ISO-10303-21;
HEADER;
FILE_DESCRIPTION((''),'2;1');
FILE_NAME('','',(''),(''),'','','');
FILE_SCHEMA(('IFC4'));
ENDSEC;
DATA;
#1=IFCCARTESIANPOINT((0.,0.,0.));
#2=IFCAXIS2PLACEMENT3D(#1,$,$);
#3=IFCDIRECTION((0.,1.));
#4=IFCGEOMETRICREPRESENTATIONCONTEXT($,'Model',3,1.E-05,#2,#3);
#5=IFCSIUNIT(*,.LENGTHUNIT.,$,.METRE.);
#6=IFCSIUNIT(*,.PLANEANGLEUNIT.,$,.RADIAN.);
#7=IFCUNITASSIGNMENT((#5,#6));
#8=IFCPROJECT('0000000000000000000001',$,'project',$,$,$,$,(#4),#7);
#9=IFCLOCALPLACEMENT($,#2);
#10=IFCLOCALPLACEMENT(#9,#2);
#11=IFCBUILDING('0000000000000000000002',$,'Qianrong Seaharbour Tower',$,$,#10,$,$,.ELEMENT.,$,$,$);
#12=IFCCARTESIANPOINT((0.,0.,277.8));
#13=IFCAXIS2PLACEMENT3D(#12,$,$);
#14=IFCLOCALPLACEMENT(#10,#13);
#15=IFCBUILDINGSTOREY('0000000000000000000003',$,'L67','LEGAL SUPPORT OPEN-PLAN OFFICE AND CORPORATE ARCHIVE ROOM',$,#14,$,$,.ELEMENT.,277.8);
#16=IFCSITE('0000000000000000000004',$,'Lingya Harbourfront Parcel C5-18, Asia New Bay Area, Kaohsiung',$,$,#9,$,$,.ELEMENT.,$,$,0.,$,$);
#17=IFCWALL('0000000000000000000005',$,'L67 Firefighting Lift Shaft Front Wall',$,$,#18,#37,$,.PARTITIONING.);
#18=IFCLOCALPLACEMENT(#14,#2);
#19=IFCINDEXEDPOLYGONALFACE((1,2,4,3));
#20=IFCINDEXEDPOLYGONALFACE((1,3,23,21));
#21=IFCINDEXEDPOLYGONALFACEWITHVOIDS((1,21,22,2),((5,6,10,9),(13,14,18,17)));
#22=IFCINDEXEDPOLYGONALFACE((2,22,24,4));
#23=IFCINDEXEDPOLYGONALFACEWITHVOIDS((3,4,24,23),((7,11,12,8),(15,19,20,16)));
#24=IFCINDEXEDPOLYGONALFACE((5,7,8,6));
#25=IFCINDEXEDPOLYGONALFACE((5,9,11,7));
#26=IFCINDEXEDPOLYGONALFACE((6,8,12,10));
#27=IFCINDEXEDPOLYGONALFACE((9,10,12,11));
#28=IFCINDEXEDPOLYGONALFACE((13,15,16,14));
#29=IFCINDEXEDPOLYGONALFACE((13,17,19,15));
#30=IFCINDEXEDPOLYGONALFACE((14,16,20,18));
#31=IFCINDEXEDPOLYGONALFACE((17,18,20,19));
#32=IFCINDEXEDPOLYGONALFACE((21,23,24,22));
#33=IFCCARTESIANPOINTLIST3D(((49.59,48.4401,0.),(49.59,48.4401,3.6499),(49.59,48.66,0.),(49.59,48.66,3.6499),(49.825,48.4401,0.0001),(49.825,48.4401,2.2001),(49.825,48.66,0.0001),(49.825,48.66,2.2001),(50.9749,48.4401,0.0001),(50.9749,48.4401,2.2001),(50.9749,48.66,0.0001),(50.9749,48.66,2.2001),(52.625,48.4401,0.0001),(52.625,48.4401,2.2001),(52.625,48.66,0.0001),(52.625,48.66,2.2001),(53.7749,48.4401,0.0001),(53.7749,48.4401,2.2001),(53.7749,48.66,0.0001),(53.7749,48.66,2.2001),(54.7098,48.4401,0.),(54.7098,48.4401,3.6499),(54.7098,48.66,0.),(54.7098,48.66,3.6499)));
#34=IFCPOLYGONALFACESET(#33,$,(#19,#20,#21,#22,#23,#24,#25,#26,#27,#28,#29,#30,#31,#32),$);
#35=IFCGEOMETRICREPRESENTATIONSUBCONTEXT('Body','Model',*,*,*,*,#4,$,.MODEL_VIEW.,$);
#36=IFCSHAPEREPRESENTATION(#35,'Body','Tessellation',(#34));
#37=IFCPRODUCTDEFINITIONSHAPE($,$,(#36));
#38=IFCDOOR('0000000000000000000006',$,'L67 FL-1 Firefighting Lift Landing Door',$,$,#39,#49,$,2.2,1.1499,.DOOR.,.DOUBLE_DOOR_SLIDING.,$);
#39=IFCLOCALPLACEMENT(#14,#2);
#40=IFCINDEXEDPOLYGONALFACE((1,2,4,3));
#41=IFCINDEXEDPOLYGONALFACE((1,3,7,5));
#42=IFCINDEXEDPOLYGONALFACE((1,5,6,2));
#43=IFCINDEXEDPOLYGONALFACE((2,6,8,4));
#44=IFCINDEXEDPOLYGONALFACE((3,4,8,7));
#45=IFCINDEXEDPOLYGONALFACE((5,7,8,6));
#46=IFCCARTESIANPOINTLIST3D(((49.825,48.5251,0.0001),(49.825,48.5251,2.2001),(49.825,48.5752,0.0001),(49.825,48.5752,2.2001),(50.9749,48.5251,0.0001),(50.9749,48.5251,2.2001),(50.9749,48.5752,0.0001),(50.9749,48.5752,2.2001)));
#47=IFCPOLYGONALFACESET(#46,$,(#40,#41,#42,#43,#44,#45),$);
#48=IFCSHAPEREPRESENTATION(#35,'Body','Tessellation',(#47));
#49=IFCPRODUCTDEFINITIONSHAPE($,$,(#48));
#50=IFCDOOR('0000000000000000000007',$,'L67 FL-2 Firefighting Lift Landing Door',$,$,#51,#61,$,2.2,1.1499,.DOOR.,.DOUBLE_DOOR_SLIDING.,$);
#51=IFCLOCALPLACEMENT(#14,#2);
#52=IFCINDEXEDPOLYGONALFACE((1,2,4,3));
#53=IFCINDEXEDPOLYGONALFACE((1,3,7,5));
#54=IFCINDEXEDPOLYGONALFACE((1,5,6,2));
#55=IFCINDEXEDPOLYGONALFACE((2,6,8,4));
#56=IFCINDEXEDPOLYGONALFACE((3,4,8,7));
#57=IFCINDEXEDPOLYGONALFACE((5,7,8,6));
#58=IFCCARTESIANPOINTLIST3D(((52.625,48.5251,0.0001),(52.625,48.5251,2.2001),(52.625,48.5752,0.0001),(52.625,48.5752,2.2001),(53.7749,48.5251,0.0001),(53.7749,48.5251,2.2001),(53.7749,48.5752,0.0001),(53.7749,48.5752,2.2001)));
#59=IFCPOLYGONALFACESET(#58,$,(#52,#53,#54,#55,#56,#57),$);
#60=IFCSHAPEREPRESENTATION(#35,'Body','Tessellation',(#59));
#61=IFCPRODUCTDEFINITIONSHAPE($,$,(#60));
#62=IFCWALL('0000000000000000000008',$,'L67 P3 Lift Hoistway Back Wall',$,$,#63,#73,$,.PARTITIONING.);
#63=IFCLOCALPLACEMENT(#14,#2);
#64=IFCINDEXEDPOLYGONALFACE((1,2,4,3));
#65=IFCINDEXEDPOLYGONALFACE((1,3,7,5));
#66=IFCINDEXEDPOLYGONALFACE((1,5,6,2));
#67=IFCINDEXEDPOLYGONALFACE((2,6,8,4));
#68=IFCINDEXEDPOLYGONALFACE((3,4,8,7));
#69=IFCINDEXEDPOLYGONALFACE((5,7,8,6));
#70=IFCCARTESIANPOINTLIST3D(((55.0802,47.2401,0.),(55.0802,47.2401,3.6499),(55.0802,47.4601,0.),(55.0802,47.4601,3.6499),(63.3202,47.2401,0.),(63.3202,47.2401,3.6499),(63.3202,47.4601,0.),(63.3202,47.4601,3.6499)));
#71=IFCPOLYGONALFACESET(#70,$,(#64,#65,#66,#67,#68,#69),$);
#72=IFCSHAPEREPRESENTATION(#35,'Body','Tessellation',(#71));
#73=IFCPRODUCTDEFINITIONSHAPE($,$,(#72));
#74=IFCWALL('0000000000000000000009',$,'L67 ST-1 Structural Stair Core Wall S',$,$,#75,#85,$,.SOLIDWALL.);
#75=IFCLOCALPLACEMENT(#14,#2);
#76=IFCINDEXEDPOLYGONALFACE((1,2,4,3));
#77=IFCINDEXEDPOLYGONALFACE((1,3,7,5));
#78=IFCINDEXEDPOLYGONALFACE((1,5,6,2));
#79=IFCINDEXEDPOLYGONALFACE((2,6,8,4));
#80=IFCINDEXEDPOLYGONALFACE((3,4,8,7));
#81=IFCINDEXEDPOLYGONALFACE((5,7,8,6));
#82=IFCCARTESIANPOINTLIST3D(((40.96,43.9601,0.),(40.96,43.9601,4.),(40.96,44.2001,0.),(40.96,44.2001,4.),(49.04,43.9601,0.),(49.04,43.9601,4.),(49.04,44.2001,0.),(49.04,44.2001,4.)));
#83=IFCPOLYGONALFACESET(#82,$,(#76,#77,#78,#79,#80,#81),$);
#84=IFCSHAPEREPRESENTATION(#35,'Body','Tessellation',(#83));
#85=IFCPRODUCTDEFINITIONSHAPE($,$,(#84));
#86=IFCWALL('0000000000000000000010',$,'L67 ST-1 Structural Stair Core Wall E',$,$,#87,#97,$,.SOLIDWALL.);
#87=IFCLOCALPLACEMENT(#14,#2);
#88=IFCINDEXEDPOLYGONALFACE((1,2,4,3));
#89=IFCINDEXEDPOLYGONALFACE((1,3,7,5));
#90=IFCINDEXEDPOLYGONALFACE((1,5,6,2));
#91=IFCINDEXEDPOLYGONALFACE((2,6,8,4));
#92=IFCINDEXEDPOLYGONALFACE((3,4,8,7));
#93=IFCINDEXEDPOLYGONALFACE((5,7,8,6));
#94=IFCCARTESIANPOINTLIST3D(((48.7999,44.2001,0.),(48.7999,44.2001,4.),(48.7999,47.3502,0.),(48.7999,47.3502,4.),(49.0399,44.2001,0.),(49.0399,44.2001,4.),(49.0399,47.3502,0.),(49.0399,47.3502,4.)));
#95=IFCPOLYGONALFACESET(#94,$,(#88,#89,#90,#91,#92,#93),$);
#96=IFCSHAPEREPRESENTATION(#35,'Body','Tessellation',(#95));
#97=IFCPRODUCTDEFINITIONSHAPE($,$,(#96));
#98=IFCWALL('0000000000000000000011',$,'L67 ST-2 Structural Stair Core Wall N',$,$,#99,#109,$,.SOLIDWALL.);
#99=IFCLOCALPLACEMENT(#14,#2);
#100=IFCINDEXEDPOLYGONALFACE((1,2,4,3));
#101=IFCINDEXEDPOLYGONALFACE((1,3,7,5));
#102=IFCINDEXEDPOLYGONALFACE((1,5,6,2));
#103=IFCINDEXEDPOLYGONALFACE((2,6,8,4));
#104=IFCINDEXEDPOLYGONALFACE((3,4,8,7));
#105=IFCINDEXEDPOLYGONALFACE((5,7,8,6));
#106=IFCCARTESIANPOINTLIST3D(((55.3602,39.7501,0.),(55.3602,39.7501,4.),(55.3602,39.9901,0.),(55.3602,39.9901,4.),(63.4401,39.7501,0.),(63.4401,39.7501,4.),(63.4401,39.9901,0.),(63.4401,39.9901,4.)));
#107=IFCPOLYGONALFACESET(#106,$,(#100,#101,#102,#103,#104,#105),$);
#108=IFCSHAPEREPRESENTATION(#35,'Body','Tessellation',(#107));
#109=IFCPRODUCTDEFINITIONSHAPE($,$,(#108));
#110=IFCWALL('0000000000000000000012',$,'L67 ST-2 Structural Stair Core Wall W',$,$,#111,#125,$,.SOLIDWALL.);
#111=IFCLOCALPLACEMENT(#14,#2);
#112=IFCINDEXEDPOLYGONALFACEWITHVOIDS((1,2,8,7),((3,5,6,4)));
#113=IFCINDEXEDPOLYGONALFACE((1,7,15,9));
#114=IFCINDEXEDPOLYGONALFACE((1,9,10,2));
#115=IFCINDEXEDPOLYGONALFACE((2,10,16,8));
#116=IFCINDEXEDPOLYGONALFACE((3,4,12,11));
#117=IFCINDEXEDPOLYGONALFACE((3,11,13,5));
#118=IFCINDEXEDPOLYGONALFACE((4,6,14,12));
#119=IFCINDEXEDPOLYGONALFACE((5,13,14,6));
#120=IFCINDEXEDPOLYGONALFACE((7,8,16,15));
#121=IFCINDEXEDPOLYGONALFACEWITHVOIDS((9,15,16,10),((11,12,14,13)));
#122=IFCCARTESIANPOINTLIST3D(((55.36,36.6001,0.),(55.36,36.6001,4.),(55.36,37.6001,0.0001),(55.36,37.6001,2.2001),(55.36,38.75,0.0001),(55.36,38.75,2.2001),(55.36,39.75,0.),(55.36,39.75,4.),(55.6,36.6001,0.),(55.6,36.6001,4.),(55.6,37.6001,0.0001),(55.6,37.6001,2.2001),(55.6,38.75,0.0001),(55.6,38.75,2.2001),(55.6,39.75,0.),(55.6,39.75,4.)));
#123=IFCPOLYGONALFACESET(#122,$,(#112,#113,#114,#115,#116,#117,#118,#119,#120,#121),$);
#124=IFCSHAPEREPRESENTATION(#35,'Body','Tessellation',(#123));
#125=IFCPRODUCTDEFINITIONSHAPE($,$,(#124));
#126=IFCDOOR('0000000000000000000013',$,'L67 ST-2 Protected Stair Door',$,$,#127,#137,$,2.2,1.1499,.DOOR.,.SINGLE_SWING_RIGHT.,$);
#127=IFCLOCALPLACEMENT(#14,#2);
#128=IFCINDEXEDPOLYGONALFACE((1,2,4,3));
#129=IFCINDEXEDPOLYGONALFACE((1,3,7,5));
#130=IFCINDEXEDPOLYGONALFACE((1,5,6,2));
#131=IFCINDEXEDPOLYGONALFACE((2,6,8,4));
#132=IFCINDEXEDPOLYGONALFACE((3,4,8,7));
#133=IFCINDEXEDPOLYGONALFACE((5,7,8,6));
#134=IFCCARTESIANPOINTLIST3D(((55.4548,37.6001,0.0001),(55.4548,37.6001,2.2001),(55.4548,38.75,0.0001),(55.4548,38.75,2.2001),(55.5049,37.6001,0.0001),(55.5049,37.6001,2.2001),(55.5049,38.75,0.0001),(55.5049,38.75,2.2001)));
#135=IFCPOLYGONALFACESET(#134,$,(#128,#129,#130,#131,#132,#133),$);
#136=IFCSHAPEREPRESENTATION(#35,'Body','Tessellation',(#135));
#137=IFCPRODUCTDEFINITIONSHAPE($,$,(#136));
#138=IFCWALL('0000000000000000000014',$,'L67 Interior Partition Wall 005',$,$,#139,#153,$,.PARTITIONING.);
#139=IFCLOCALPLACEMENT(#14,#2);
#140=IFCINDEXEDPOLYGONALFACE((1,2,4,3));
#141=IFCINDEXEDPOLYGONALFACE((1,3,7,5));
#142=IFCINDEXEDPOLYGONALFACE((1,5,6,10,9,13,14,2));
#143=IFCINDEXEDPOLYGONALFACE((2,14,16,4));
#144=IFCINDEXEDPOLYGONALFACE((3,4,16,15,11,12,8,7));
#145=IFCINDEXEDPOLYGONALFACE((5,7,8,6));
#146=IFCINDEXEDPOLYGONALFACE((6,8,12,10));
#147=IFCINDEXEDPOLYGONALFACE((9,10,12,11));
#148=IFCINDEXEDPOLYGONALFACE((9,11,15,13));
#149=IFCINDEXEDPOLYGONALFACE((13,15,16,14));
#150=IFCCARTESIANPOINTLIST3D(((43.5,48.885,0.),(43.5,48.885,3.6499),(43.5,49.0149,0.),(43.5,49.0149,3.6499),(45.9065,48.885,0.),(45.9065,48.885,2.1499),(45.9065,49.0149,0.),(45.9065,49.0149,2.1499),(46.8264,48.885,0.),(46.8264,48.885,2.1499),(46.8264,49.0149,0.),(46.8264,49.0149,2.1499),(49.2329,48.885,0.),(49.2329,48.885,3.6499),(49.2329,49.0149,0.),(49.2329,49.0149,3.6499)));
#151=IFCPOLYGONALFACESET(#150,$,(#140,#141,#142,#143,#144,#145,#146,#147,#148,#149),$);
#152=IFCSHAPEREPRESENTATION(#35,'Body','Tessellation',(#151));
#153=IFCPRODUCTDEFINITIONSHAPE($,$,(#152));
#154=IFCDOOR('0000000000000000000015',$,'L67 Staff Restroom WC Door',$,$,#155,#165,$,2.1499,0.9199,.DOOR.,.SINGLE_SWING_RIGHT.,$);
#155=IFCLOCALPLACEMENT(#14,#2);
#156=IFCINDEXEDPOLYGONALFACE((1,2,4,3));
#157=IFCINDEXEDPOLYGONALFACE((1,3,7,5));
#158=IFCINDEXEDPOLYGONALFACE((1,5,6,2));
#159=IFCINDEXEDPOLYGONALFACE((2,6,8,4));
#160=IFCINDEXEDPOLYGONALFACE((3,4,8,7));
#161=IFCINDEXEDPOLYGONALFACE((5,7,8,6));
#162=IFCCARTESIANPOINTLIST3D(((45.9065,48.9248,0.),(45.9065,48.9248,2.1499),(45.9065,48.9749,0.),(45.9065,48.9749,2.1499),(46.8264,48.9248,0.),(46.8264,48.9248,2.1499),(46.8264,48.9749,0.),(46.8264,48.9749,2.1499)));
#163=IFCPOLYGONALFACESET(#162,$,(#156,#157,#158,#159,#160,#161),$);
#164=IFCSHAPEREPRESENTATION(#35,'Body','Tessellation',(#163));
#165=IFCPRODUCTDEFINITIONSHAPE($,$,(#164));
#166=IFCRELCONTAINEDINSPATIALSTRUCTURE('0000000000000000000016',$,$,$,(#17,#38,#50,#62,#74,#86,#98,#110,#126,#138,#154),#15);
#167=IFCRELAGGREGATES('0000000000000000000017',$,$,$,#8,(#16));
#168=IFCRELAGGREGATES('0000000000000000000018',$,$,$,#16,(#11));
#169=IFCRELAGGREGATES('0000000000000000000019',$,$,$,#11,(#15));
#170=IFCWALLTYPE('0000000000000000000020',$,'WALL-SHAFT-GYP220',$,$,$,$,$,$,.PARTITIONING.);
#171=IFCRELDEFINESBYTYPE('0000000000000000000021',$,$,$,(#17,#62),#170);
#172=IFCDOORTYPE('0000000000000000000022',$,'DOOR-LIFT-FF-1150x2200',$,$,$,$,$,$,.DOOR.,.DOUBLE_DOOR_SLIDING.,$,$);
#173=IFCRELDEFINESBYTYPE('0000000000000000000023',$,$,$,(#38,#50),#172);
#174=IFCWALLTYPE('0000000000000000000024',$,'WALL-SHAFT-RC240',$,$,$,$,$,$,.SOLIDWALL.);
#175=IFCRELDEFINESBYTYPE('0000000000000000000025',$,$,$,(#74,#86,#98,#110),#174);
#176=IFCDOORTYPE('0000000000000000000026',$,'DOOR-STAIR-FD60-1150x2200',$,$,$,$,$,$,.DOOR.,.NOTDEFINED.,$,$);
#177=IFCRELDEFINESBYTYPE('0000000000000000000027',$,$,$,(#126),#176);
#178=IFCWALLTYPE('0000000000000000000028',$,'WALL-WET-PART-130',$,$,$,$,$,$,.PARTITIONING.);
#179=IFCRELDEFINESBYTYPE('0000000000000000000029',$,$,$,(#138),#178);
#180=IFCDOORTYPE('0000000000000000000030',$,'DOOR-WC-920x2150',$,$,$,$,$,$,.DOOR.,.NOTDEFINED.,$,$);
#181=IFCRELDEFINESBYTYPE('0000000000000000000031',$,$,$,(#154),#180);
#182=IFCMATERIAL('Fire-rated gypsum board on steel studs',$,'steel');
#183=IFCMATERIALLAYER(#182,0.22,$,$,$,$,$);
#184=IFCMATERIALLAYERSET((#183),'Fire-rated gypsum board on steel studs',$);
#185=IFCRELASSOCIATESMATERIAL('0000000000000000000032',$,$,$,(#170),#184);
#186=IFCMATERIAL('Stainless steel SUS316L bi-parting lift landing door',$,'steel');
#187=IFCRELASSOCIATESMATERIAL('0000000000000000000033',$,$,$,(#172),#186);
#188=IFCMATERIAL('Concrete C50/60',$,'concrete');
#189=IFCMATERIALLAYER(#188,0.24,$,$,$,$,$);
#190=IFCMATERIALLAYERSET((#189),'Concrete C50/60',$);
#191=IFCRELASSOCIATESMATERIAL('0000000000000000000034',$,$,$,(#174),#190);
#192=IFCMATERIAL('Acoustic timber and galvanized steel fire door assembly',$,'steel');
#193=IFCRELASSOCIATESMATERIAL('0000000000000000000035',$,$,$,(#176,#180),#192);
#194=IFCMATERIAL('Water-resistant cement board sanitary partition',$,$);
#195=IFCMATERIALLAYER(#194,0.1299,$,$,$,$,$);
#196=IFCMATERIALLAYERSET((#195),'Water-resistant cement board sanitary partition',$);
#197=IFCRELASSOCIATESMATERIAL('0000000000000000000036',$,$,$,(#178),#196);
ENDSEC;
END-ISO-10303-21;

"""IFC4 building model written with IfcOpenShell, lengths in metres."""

from ifc_helpers import new_model, si_unit, direction, frame, frame_2d, origin, place, context, subcontext, project, spatial, rectangle, extrude, material, layer, layer_set, type_object, element, fill, save


model = new_model("IFC4")

# Units and contexts
model_context = context("Model", 3, precision=1e-05, world=origin(), true_north=direction((0.0, 1.0)))
body_context = subcontext(model_context, "Body", "Model", "MODEL_VIEW")
ifc_project = project(units=[si_unit("LENGTHUNIT", "METRE"), si_unit("PLANEANGLEUNIT", "RADIAN")], contexts=[model_context])

# Site, building, storey
site_placement = place(None, origin())
site = spatial("IfcSite", under=ifc_project, at=site_placement, Name="Lingya Harbourfront Parcel C5-18, Asia New Bay Area, Kaohsiung", CompositionType="ELEMENT", RefElevation=0.0)
building_placement = place(site_placement, origin())
building = spatial("IfcBuilding", under=site, at=building_placement, Name="Qianrong Seaharbour Tower", CompositionType="ELEMENT")
storey_placement = place(building_placement, frame((0.0, 0.0, 277.8)))
storey = spatial("IfcBuildingStorey", under=building, at=storey_placement, Name="L67", Description="LEGAL SUPPORT OPEN-PLAN OFFICE AND CORPORATE ARCHIVE ROOM", CompositionType="ELEMENT", Elevation=277.8)

# Shared definitions
ifc_material_1 = material(Name="Concrete C50/60", Category="concrete")

# Shared definitions
ifc_material_2 = material(Name="Acoustic timber and galvanized steel fire door assembly", Category="steel")

# Shared definitions
ifc_material_3 = material(Name="Fire-rated gypsum board on steel studs", Category="steel")

# Wall, openings, doors
ifc_layer_1 = layer(ifc_material_3, 0.22)
ifc_layer_set_1 = layer_set([ifc_layer_1], Name="Fire-rated gypsum board on steel studs")
wall_type_1 = type_object("IfcWallType", Name="WALL-SHAFT-GYP220", PredefinedType="PARTITIONING", material=ifc_layer_set_1)
wall_1_placement = place(storey_placement, frame((54.71, 48.55, 0.0), z_axis=(0.0, 0.0, 1.0), x_axis=(-1.0, 0.0, 0.0)))
wall_1 = element("IfcWall", 1, at=wall_1_placement, inside=storey, type_object=wall_type_1, Name="L67 Firefighting Lift Shaft Front Wall", PredefinedType="PARTITIONING", context=body_context, shape_type="SweptSolid", body=[
    extrude(rectangle(XDim=5.1199, YDim=0.22, at=frame_2d((2.5601, 0.0))), origin(), (0.0, 0.0, 1.0), 3.6499),
])
opening_1_placement = place(wall_1_placement, frame((3.7351, 0.0, 0.0)))
opening_1 = element("IfcOpeningElement", 2, at=opening_1_placement, cuts=wall_1, PredefinedType="OPENING", context=body_context, shape_type="SweptSolid", body=[
    extrude(rectangle(XDim=1.1499, YDim=2.2, at=frame_2d((0.575, 1.1001))), frame((0.0, 0.1201, 0.0), z_axis=(0.0, -1.0, 0.0), x_axis=(1.0, 0.0, 0.0)), (0.0, 0.0, 1.0), 0.24),
])
opening_2_placement = place(wall_1_placement, frame((0.9351, 0.0, 0.0)))
opening_2 = element("IfcOpeningElement", 3, at=opening_2_placement, cuts=wall_1, PredefinedType="OPENING", context=body_context, shape_type="SweptSolid", body=[
    extrude(rectangle(XDim=1.1499, YDim=2.2, at=frame_2d((0.575, 1.1001))), frame((0.0, 0.1201, 0.0), z_axis=(0.0, -1.0, 0.0), x_axis=(1.0, 0.0, 0.0)), (0.0, 0.0, 1.0), 0.24),
])
ifc_material_4 = material(Name="Stainless steel SUS316L bi-parting lift landing door", Category="steel")
door_type_1 = type_object("IfcDoorType", Name="DOOR-LIFT-FF-1150x2200", OperationType="DOUBLE_DOOR_SLIDING", PredefinedType="DOOR", material=ifc_material_4)
door_1_placement = place(opening_1_placement, origin())
door_1 = element("IfcDoor", 4, at=door_1_placement, inside=storey, type_object=door_type_1, Name="L67 FL-1 Firefighting Lift Landing Door", OperationType="DOUBLE_DOOR_SLIDING", OverallHeight=2.2, OverallWidth=1.1499, PredefinedType="DOOR", context=body_context, shape_type="SweptSolid", body=[
    extrude(rectangle(XDim=1.1499, YDim=2.2, at=frame_2d((0.575, 1.1001))), frame((0.0, 0.0249, 0.0), z_axis=(0.0, -1.0, 0.0), x_axis=(1.0, 0.0, 0.0)), (0.0, 0.0, 1.0), 0.05),
])
fill(opening_1, door_1)
door_2_placement = place(opening_2_placement, origin())
door_2 = element("IfcDoor", 5, at=door_2_placement, inside=storey, type_object=door_type_1, Name="L67 FL-2 Firefighting Lift Landing Door", OperationType="DOUBLE_DOOR_SLIDING", OverallHeight=2.2, OverallWidth=1.1499, PredefinedType="DOOR", context=body_context, shape_type="SweptSolid", body=[
    extrude(rectangle(XDim=1.1499, YDim=2.2, at=frame_2d((0.575, 1.1001))), frame((0.0, 0.0249, 0.0), z_axis=(0.0, -1.0, 0.0), x_axis=(1.0, 0.0, 0.0)), (0.0, 0.0, 1.0), 0.05),
])
fill(opening_2, door_2)

# Walls
wall_2_placement = place(storey_placement, frame((55.0801, 47.3501, 0.0), z_axis=(0.0, 0.0, 1.0), x_axis=(1.0, 0.0, 0.0)))
element("IfcWall", 6, at=wall_2_placement, inside=storey, type_object=wall_type_1, Name="L67 P3 Lift Hoistway Back Wall", PredefinedType="PARTITIONING", context=body_context, shape_type="SweptSolid", body=[
    extrude(rectangle(XDim=8.24, YDim=0.22, at=frame_2d((4.1201, 0.0))), origin(), (0.0, 0.0, 1.0), 3.6499),
])
ifc_layer_2 = layer(ifc_material_1, 0.24)
ifc_layer_set_2 = layer_set([ifc_layer_2], Name="Concrete C50/60")
wall_type_2 = type_object("IfcWallType", Name="WALL-SHAFT-RC240", PredefinedType="SOLIDWALL", material=ifc_layer_set_2)
wall_3_placement = place(storey_placement, frame((49.04, 44.0801, 0.0), z_axis=(0.0, 0.0, 1.0), x_axis=(-1.0, 0.0, 0.0)))
element("IfcWall", 7, at=wall_3_placement, inside=storey, type_object=wall_type_2, Name="L67 ST-1 Structural Stair Core Wall S", PredefinedType="SOLIDWALL", context=body_context, shape_type="SweptSolid", body=[
    extrude(rectangle(XDim=8.0801, YDim=0.24, at=frame_2d((4.04, 0.0))), origin(), (0.0, 0.0, 1.0), 4.0),
])
wall_4_placement = place(storey_placement, frame((48.9199, 44.2, 0.0), z_axis=(0.0, 0.0, 1.0), x_axis=(0.0, 1.0, 0.0)))
element("IfcWall", 8, at=wall_4_placement, inside=storey, type_object=wall_type_2, Name="L67 ST-1 Structural Stair Core Wall E", PredefinedType="SOLIDWALL", context=body_context, shape_type="SweptSolid", body=[
    extrude(rectangle(XDim=3.1501, YDim=0.24, at=frame_2d((1.5752, 0.0))), origin(), (0.0, 0.0, 1.0), 4.0),
])
wall_5_placement = place(storey_placement, frame((55.3601, 39.8701, 0.0), z_axis=(0.0, 0.0, 1.0), x_axis=(1.0, 0.0, 0.0)))
element("IfcWall", 9, at=wall_5_placement, inside=storey, type_object=wall_type_2, Name="L67 ST-2 Structural Stair Core Wall N", PredefinedType="SOLIDWALL", context=body_context, shape_type="SweptSolid", body=[
    extrude(rectangle(XDim=8.0798, YDim=0.24, at=frame_2d((4.04, 0.0))), origin(), (0.0, 0.0, 1.0), 4.0),
])

# Walls, openings, doors
wall_6_placement = place(storey_placement, frame((55.48, 39.75, 0.0), z_axis=(0.0, 0.0, 1.0), x_axis=(0.0, -1.0, 0.0)))
wall_6 = element("IfcWall", 10, at=wall_6_placement, inside=storey, type_object=wall_type_2, Name="L67 ST-2 Structural Stair Core Wall W", PredefinedType="SOLIDWALL", context=body_context, shape_type="SweptSolid", body=[
    extrude(rectangle(XDim=3.1499, YDim=0.24, at=frame_2d((1.575, 0.0))), origin(), (0.0, 0.0, 1.0), 4.0),
])
opening_3_placement = place(wall_6_placement, frame((1.0, 0.0, 0.0)))
opening_3 = element("IfcOpeningElement", 11, at=opening_3_placement, cuts=wall_6, PredefinedType="OPENING", context=body_context, shape_type="SweptSolid", body=[
    extrude(rectangle(XDim=1.1499, YDim=2.2, at=frame_2d((0.575, 1.1001))), frame((0.0, 0.1299, 0.0), z_axis=(0.0, -1.0, 0.0), x_axis=(1.0, 0.0, 0.0)), (0.0, 0.0, 1.0), 0.26),
])
door_type_2 = type_object("IfcDoorType", Name="DOOR-STAIR-FD60-1150x2200", OperationType="NOTDEFINED", PredefinedType="DOOR", material=ifc_material_2)
door_3_placement = place(opening_3_placement, origin())
door_3 = element("IfcDoor", 12, at=door_3_placement, inside=storey, type_object=door_type_2, Name="L67 ST-2 Protected Stair Door", OperationType="SINGLE_SWING_RIGHT", OverallHeight=2.2, OverallWidth=1.1499, PredefinedType="DOOR", context=body_context, shape_type="SweptSolid", body=[
    extrude(rectangle(XDim=1.1499, YDim=2.2, at=frame_2d((0.575, 1.1001))), frame((0.0, 0.0249, 0.0), z_axis=(0.0, -1.0, 0.0), x_axis=(1.0, 0.0, 0.0)), (0.0, 0.0, 1.0), 0.05),
])
fill(opening_3, door_3)
ifc_material_5 = material(Name="Water-resistant cement board sanitary partition")
ifc_layer_3 = layer(ifc_material_5, 0.1299)
ifc_layer_set_3 = layer_set([ifc_layer_3], Name="Water-resistant cement board sanitary partition")
wall_type_3 = type_object("IfcWallType", Name="WALL-WET-PART-130", PredefinedType="PARTITIONING", material=ifc_layer_set_3)
wall_7_placement = place(storey_placement, frame((43.5, 48.95, 0.0), z_axis=(0.0, 0.0, 1.0), x_axis=(1.0, 0.0, 0.0)))
wall_7 = element("IfcWall", 13, at=wall_7_placement, inside=storey, type_object=wall_type_3, Name="L67 Interior Partition Wall 005", PredefinedType="PARTITIONING", context=body_context, shape_type="SweptSolid", body=[
    extrude(rectangle(XDim=5.7329, YDim=0.1299, at=frame_2d((2.8665, 0.0))), origin(), (0.0, 0.0, 1.0), 3.6499),
])
opening_4_placement = place(wall_7_placement, frame((2.4065, 0.0, 0.0)))
opening_4 = element("IfcOpeningElement", 14, at=opening_4_placement, cuts=wall_7, PredefinedType="OPENING", context=body_context, shape_type="SweptSolid", body=[
    extrude(rectangle(XDim=0.9199, YDim=2.1499, at=frame_2d((0.46, 1.075))), frame((0.0, 0.075, 0.0), z_axis=(0.0, -1.0, 0.0), x_axis=(1.0, 0.0, 0.0)), (0.0, 0.0, 1.0), 0.1499),
])
door_type_3 = type_object("IfcDoorType", Name="DOOR-WC-920x2150", OperationType="NOTDEFINED", PredefinedType="DOOR", material=ifc_material_2)
door_4_placement = place(opening_4_placement, origin())
door_4 = element("IfcDoor", 15, at=door_4_placement, inside=storey, type_object=door_type_3, Name="L67 Staff Restroom WC Door", OperationType="SINGLE_SWING_RIGHT", OverallHeight=2.1499, OverallWidth=0.9199, PredefinedType="DOOR", context=body_context, shape_type="SweptSolid", body=[
    extrude(rectangle(XDim=0.9199, YDim=2.1499, at=frame_2d((0.46, 1.075))), frame((0.0, 0.0249, 0.0), z_axis=(0.0, -1.0, 0.0), x_axis=(1.0, 0.0, 0.0)), (0.0, 0.0, 1.0), 0.05),
])
fill(opening_4, door_4)

save(model, "model.ifc")
